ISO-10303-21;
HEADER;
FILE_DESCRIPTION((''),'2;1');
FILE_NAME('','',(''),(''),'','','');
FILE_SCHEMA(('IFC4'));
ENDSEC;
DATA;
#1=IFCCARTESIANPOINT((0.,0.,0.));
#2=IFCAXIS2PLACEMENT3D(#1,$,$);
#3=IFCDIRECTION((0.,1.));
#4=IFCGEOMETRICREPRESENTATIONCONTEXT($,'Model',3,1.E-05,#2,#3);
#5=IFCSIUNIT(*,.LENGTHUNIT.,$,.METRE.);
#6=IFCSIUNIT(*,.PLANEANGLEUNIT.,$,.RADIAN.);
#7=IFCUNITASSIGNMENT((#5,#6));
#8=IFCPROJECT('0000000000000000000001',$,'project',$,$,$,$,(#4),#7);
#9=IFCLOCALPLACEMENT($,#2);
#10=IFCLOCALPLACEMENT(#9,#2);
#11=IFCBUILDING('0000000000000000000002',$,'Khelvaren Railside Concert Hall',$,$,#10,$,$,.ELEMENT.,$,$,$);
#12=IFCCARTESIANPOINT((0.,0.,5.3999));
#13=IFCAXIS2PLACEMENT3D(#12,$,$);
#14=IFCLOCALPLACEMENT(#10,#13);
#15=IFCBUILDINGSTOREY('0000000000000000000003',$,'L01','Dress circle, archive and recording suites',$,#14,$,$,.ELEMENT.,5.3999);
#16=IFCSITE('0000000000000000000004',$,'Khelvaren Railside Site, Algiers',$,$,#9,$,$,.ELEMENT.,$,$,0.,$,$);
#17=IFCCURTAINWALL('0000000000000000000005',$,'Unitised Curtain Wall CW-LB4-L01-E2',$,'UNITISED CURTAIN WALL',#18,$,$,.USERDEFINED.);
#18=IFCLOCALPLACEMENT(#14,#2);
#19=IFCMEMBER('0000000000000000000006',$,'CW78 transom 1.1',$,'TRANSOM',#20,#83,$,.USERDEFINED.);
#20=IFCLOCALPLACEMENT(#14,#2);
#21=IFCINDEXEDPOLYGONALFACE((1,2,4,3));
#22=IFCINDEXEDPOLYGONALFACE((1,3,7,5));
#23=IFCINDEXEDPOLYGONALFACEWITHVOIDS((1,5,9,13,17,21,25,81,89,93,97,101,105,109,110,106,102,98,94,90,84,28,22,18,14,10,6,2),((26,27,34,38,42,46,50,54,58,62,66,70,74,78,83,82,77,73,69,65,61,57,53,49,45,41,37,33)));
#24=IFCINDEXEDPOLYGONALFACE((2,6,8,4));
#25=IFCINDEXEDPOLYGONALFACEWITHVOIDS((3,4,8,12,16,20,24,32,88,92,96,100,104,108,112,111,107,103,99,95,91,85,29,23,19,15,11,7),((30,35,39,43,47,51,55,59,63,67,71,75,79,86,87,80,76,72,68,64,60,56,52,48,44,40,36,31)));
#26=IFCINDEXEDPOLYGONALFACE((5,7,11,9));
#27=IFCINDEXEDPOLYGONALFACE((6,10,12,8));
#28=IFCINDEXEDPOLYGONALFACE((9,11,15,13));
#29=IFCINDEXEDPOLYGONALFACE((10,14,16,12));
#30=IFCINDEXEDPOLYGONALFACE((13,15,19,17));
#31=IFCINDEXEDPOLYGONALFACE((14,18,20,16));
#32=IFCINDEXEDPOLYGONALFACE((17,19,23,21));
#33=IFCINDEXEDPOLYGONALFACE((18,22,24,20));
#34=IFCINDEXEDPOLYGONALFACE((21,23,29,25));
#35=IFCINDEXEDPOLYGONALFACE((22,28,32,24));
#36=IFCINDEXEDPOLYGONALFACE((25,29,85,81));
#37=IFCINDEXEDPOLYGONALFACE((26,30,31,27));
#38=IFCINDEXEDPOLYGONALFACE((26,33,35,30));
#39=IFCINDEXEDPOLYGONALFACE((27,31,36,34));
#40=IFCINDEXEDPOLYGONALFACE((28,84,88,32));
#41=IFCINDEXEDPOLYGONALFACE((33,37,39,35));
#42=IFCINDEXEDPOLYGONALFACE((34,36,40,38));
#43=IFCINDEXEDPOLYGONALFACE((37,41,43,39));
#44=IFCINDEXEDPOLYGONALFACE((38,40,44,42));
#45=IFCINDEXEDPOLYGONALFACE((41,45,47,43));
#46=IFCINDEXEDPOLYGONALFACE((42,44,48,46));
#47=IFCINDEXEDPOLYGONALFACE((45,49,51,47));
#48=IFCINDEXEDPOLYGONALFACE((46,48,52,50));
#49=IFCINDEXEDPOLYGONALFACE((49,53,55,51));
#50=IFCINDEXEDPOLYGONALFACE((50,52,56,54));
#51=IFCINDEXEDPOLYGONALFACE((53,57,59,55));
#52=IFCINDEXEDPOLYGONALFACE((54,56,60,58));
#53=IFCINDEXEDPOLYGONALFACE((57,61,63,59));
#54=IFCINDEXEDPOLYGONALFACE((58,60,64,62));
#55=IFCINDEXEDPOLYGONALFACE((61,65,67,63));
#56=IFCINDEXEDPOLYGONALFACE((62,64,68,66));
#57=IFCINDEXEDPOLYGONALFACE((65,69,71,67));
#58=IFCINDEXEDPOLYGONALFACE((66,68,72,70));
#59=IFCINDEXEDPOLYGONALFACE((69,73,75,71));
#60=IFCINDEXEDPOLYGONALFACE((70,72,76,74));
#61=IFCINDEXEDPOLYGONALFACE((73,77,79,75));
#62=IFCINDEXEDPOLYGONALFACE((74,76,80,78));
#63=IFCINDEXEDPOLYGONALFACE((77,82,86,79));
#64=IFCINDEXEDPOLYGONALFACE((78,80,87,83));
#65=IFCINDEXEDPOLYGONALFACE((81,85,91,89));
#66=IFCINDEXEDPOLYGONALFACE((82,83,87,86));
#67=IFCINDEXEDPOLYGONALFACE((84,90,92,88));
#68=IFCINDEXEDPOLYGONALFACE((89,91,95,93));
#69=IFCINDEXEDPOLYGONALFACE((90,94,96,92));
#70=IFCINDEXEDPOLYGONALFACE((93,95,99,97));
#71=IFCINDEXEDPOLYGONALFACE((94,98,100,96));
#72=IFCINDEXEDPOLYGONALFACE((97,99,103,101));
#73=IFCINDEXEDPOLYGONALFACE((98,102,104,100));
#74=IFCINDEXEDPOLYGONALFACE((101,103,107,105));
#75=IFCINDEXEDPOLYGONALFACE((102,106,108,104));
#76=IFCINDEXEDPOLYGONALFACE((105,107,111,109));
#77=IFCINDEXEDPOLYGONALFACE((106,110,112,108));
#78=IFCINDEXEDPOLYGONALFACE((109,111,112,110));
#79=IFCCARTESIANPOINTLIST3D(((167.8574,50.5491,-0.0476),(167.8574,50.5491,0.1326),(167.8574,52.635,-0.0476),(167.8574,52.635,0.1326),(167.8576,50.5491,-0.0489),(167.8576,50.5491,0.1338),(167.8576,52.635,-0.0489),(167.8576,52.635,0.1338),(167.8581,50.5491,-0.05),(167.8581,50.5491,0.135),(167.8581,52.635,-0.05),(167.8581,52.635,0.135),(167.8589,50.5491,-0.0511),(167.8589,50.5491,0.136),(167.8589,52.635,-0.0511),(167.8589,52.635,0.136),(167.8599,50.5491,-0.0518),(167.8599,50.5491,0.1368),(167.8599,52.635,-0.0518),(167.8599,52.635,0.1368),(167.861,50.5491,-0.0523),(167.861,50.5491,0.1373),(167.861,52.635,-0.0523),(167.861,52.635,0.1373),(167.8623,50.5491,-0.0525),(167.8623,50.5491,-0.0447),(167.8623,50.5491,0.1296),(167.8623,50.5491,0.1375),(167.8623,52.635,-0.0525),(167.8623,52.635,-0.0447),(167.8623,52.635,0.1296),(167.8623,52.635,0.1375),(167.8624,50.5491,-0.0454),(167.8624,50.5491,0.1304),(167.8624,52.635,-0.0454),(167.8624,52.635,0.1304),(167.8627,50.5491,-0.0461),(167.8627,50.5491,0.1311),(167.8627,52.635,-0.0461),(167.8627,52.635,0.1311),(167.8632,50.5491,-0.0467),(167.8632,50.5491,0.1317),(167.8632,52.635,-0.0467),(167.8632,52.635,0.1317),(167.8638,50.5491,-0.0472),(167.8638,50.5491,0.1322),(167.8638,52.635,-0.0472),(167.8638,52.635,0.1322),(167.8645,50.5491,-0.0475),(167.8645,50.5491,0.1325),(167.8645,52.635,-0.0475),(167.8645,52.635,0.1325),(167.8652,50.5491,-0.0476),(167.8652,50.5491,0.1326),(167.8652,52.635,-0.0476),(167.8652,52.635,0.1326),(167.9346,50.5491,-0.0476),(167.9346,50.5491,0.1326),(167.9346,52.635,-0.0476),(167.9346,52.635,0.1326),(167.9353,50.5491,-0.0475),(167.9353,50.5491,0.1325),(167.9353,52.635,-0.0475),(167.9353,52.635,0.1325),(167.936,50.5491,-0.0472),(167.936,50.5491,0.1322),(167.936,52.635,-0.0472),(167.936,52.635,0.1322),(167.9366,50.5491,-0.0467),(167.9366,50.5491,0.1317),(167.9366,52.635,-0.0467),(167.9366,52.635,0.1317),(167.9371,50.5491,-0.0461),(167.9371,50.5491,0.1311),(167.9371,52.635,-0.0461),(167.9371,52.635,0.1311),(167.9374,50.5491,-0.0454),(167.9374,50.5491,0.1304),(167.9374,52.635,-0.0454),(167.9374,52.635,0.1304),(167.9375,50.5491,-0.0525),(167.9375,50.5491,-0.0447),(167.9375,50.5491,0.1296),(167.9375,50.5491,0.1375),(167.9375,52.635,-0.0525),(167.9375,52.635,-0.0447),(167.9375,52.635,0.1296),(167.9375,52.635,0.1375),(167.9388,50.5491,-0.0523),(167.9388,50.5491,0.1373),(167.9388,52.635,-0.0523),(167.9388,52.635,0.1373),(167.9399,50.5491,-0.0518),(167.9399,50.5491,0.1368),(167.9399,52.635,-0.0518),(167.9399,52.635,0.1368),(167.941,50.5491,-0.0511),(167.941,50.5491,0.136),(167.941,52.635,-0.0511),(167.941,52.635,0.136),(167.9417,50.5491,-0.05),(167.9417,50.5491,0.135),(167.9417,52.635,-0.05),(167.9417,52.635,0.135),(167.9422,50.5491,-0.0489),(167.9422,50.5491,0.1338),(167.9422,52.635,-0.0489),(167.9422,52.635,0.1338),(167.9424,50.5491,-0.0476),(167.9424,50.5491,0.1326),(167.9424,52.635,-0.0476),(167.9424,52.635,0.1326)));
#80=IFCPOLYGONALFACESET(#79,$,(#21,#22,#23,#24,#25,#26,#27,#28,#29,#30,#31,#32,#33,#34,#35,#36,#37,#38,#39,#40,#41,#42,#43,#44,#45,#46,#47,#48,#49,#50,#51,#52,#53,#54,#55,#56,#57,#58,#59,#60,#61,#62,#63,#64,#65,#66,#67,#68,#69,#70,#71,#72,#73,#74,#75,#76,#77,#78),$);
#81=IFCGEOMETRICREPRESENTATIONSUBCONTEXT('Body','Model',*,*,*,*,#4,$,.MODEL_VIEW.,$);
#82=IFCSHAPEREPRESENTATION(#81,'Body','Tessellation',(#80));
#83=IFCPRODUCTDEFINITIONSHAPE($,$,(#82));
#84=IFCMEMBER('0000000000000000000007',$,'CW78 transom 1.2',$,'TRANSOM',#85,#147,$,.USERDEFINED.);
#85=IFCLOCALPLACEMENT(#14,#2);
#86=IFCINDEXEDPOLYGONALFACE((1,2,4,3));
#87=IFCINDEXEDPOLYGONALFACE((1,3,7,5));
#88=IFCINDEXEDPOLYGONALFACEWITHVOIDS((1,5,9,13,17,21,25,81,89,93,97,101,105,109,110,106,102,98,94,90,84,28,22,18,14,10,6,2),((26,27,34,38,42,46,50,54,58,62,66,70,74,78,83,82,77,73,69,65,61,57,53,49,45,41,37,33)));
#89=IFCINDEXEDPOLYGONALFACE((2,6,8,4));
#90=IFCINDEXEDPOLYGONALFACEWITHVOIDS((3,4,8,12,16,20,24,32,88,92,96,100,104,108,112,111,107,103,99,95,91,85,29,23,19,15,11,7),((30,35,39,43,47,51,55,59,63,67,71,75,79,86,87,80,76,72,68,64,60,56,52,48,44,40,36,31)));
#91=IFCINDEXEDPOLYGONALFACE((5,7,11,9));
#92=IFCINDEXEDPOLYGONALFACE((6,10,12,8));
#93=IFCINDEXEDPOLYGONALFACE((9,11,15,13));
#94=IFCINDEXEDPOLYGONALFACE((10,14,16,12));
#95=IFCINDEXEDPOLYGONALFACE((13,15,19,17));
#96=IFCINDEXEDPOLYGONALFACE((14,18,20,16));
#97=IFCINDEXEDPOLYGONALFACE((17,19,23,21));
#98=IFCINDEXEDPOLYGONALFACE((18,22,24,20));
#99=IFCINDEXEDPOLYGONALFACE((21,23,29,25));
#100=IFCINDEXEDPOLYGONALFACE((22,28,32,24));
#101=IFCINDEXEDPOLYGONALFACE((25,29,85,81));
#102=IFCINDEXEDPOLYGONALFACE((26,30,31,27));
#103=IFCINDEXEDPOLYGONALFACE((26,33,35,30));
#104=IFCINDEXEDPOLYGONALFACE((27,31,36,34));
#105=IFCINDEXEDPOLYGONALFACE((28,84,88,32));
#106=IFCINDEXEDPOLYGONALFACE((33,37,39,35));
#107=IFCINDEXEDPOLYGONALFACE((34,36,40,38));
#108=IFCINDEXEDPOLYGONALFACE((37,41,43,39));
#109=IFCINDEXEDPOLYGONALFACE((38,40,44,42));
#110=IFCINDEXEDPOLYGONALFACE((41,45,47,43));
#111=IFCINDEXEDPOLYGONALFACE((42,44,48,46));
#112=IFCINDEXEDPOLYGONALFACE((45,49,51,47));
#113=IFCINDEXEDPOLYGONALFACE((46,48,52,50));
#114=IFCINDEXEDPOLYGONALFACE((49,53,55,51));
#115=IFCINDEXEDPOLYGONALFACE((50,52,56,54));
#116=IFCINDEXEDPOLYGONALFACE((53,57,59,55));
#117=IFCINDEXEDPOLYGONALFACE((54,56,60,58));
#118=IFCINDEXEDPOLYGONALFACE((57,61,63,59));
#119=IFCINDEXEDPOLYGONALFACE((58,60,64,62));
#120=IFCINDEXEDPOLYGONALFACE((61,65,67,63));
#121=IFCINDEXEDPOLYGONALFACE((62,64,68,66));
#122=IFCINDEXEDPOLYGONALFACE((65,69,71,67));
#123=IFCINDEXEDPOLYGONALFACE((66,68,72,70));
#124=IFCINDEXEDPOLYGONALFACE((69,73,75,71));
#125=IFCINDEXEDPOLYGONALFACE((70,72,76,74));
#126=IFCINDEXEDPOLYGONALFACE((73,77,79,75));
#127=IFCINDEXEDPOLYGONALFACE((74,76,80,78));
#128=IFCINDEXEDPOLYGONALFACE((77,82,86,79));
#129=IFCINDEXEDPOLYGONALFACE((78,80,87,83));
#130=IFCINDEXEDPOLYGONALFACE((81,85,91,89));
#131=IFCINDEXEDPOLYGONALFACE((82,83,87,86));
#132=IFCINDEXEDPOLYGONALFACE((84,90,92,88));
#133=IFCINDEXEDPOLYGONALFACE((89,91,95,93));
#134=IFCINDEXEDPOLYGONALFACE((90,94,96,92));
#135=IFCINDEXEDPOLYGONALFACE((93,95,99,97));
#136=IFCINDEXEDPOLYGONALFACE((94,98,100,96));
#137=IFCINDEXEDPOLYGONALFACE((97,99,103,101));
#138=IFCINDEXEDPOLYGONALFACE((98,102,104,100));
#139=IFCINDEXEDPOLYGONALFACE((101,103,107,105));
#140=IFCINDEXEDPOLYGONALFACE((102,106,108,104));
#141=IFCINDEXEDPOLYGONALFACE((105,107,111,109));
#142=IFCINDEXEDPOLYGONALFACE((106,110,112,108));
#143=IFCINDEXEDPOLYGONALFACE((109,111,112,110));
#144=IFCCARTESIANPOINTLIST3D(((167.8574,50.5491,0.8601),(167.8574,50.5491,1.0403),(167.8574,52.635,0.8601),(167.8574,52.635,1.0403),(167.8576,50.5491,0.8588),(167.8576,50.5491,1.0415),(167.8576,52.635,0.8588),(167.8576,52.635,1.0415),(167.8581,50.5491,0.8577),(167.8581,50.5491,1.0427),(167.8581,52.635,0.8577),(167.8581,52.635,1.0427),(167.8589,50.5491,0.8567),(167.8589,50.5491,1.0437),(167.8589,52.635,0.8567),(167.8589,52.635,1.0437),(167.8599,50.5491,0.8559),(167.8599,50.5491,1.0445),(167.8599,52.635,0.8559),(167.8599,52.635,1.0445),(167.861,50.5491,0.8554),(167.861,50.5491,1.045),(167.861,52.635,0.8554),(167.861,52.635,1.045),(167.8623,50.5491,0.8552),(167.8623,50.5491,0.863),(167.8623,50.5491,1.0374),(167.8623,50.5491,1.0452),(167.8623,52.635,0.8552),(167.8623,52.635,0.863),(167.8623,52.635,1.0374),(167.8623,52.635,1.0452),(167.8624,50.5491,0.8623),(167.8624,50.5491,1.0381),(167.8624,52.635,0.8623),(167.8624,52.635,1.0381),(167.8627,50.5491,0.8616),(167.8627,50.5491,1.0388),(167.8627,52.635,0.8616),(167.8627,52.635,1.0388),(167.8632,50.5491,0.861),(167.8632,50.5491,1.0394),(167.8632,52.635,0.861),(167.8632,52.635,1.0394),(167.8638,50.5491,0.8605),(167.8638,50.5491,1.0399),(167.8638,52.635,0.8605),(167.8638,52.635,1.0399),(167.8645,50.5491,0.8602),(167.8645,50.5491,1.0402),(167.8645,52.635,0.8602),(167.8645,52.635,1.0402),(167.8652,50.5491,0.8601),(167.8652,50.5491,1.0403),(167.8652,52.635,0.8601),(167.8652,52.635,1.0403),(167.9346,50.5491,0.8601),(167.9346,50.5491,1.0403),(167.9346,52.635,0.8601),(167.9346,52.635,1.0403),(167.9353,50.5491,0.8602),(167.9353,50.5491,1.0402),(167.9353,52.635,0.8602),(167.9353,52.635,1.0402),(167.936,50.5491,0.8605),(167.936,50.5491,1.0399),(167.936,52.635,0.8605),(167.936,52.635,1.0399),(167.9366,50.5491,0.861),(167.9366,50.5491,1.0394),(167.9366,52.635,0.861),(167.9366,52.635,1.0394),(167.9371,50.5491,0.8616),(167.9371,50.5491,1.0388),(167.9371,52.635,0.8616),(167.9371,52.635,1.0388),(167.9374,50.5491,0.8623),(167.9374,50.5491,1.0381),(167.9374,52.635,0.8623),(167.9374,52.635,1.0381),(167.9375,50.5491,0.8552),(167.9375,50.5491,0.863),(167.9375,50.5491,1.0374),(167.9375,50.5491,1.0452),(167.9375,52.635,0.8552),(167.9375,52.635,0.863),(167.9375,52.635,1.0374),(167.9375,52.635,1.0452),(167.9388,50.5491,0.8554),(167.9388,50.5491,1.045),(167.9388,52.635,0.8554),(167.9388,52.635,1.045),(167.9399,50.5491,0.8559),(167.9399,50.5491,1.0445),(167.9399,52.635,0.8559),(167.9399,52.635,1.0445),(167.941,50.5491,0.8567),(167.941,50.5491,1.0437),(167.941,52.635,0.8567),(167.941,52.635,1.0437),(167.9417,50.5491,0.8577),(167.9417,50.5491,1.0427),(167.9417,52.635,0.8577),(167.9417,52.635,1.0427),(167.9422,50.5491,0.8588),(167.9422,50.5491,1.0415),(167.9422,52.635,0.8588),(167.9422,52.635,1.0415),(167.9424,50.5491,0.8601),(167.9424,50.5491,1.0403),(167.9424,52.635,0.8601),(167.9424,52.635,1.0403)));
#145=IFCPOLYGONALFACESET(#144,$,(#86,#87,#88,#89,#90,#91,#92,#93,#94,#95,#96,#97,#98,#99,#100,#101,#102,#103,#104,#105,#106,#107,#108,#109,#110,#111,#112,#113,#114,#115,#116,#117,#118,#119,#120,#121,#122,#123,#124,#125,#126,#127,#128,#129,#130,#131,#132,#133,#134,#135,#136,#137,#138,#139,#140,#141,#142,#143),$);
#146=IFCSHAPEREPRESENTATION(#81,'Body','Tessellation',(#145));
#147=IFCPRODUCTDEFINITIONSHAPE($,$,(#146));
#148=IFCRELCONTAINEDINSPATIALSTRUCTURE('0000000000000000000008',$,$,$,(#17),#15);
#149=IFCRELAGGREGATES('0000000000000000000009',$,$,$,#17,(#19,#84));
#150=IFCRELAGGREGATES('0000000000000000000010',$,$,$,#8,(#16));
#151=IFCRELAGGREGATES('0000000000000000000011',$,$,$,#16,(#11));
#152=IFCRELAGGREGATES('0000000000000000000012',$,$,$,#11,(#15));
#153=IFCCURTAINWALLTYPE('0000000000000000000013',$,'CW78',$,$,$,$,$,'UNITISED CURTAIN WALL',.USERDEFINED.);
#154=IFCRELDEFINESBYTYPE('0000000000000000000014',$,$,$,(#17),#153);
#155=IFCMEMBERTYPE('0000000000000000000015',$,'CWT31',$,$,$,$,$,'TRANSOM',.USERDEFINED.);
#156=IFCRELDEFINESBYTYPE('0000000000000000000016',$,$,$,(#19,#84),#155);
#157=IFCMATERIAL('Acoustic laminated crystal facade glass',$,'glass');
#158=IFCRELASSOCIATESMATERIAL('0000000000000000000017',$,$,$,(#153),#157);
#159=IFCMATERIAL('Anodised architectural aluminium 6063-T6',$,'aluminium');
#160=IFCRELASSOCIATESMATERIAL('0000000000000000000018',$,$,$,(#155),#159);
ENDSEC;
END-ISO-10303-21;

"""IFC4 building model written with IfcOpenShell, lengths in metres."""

from ifc_helpers import new_model, si_unit, direction, frame, origin, origin_2d, place, context, subcontext, project, spatial, hollow_rectangle, extrude, material, material_profile, profile_set, type_object, element, aggregate, save


model = new_model("IFC4")

# Units and contexts
model_context = context("Model", 3, precision=1e-05, world=origin(), true_north=direction((0.0, 1.0)))
body_context = subcontext(model_context, "Body", "Model", "MODEL_VIEW")
ifc_project = project(units=[si_unit("LENGTHUNIT", "METRE"), si_unit("PLANEANGLEUNIT", "RADIAN")], contexts=[model_context])

# Site, building, storey
site_placement = place(None, origin())
site = spatial("IfcSite", under=ifc_project, at=site_placement, Name="Khelvaren Railside Site, Algiers", CompositionType="ELEMENT", RefElevation=0.0)
building_placement = place(site_placement, origin())
building = spatial("IfcBuilding", under=site, at=building_placement, Name="Khelvaren Railside Concert Hall", CompositionType="ELEMENT")
storey_placement = place(building_placement, frame((0.0, 0.0, 5.3999)))
storey = spatial("IfcBuildingStorey", under=building, at=storey_placement, Name="L01", Description="Dress circle, archive and recording suites", CompositionType="ELEMENT", Elevation=5.3999)

# Curtain wall
ifc_material_1 = material(Name="Acoustic laminated crystal facade glass", Category="glass")
curtain_wall_type = type_object("IfcCurtainWallType", Name="CW78", ElementType="UNITISED CURTAIN WALL", PredefinedType="USERDEFINED", material=ifc_material_1)
curtain_wall_1_placement = place(storey_placement, origin())
curtain_wall_1 = element("IfcCurtainWall", 1, at=curtain_wall_1_placement, inside=storey, type_object=curtain_wall_type, Name="Unitised Curtain Wall CW-LB4-L01-E2", ObjectType="UNITISED CURTAIN WALL", PredefinedType="USERDEFINED")
ifc_material_2 = material(Name="Anodised architectural aluminium 6063-T6", Category="aluminium")

# Members
ifc_material_profile_1 = material_profile(ifc_material_2, hollow_rectangle(XDim=0.085, YDim=0.1899, WallThickness=0.0049, InnerFilletRadius=0.0029, OuterFilletRadius=0.0049, at=origin_2d()), Name="CWT 85x190x5")
ifc_profile_set_1 = profile_set([ifc_material_profile_1], Name="Anodised architectural aluminium 6063-T6")
member_type_1 = type_object("IfcMemberType", Name="CWT31", ElementType="TRANSOM", PredefinedType="USERDEFINED", material=ifc_profile_set_1)
member_1_placement = place(storey_placement, frame((167.8999, 52.635, 0.0425), z_axis=(0.0, -1.0, 0.0), x_axis=(1.0, 0.0, 0.0)))
member_1 = element("IfcMember", 2, at=member_1_placement, type_object=member_type_1, Name="CW78 transom 1.1", ObjectType="TRANSOM", PredefinedType="USERDEFINED", context=body_context, shape_type="SweptSolid", body=[
    extrude(hollow_rectangle(XDim=0.085, YDim=0.1899, WallThickness=0.0049, InnerFilletRadius=0.0029, OuterFilletRadius=0.0049, at=origin_2d()), origin(), (0.0, 0.0, 1.0), 2.0859),
])
member_2_placement = place(storey_placement, frame((167.8999, 52.635, 0.9502), z_axis=(0.0, -1.0, 0.0), x_axis=(1.0, 0.0, 0.0)))
member_2 = element("IfcMember", 3, at=member_2_placement, type_object=member_type_1, Name="CW78 transom 1.2", ObjectType="TRANSOM", PredefinedType="USERDEFINED", context=body_context, shape_type="SweptSolid", body=[
    extrude(hollow_rectangle(XDim=0.085, YDim=0.1899, WallThickness=0.0049, InnerFilletRadius=0.0029, OuterFilletRadius=0.0049, at=origin_2d()), origin(), (0.0, 0.0, 1.0), 2.0859),
])

aggregate(curtain_wall_1, [member_1, member_2])

save(model, "model.ifc")
